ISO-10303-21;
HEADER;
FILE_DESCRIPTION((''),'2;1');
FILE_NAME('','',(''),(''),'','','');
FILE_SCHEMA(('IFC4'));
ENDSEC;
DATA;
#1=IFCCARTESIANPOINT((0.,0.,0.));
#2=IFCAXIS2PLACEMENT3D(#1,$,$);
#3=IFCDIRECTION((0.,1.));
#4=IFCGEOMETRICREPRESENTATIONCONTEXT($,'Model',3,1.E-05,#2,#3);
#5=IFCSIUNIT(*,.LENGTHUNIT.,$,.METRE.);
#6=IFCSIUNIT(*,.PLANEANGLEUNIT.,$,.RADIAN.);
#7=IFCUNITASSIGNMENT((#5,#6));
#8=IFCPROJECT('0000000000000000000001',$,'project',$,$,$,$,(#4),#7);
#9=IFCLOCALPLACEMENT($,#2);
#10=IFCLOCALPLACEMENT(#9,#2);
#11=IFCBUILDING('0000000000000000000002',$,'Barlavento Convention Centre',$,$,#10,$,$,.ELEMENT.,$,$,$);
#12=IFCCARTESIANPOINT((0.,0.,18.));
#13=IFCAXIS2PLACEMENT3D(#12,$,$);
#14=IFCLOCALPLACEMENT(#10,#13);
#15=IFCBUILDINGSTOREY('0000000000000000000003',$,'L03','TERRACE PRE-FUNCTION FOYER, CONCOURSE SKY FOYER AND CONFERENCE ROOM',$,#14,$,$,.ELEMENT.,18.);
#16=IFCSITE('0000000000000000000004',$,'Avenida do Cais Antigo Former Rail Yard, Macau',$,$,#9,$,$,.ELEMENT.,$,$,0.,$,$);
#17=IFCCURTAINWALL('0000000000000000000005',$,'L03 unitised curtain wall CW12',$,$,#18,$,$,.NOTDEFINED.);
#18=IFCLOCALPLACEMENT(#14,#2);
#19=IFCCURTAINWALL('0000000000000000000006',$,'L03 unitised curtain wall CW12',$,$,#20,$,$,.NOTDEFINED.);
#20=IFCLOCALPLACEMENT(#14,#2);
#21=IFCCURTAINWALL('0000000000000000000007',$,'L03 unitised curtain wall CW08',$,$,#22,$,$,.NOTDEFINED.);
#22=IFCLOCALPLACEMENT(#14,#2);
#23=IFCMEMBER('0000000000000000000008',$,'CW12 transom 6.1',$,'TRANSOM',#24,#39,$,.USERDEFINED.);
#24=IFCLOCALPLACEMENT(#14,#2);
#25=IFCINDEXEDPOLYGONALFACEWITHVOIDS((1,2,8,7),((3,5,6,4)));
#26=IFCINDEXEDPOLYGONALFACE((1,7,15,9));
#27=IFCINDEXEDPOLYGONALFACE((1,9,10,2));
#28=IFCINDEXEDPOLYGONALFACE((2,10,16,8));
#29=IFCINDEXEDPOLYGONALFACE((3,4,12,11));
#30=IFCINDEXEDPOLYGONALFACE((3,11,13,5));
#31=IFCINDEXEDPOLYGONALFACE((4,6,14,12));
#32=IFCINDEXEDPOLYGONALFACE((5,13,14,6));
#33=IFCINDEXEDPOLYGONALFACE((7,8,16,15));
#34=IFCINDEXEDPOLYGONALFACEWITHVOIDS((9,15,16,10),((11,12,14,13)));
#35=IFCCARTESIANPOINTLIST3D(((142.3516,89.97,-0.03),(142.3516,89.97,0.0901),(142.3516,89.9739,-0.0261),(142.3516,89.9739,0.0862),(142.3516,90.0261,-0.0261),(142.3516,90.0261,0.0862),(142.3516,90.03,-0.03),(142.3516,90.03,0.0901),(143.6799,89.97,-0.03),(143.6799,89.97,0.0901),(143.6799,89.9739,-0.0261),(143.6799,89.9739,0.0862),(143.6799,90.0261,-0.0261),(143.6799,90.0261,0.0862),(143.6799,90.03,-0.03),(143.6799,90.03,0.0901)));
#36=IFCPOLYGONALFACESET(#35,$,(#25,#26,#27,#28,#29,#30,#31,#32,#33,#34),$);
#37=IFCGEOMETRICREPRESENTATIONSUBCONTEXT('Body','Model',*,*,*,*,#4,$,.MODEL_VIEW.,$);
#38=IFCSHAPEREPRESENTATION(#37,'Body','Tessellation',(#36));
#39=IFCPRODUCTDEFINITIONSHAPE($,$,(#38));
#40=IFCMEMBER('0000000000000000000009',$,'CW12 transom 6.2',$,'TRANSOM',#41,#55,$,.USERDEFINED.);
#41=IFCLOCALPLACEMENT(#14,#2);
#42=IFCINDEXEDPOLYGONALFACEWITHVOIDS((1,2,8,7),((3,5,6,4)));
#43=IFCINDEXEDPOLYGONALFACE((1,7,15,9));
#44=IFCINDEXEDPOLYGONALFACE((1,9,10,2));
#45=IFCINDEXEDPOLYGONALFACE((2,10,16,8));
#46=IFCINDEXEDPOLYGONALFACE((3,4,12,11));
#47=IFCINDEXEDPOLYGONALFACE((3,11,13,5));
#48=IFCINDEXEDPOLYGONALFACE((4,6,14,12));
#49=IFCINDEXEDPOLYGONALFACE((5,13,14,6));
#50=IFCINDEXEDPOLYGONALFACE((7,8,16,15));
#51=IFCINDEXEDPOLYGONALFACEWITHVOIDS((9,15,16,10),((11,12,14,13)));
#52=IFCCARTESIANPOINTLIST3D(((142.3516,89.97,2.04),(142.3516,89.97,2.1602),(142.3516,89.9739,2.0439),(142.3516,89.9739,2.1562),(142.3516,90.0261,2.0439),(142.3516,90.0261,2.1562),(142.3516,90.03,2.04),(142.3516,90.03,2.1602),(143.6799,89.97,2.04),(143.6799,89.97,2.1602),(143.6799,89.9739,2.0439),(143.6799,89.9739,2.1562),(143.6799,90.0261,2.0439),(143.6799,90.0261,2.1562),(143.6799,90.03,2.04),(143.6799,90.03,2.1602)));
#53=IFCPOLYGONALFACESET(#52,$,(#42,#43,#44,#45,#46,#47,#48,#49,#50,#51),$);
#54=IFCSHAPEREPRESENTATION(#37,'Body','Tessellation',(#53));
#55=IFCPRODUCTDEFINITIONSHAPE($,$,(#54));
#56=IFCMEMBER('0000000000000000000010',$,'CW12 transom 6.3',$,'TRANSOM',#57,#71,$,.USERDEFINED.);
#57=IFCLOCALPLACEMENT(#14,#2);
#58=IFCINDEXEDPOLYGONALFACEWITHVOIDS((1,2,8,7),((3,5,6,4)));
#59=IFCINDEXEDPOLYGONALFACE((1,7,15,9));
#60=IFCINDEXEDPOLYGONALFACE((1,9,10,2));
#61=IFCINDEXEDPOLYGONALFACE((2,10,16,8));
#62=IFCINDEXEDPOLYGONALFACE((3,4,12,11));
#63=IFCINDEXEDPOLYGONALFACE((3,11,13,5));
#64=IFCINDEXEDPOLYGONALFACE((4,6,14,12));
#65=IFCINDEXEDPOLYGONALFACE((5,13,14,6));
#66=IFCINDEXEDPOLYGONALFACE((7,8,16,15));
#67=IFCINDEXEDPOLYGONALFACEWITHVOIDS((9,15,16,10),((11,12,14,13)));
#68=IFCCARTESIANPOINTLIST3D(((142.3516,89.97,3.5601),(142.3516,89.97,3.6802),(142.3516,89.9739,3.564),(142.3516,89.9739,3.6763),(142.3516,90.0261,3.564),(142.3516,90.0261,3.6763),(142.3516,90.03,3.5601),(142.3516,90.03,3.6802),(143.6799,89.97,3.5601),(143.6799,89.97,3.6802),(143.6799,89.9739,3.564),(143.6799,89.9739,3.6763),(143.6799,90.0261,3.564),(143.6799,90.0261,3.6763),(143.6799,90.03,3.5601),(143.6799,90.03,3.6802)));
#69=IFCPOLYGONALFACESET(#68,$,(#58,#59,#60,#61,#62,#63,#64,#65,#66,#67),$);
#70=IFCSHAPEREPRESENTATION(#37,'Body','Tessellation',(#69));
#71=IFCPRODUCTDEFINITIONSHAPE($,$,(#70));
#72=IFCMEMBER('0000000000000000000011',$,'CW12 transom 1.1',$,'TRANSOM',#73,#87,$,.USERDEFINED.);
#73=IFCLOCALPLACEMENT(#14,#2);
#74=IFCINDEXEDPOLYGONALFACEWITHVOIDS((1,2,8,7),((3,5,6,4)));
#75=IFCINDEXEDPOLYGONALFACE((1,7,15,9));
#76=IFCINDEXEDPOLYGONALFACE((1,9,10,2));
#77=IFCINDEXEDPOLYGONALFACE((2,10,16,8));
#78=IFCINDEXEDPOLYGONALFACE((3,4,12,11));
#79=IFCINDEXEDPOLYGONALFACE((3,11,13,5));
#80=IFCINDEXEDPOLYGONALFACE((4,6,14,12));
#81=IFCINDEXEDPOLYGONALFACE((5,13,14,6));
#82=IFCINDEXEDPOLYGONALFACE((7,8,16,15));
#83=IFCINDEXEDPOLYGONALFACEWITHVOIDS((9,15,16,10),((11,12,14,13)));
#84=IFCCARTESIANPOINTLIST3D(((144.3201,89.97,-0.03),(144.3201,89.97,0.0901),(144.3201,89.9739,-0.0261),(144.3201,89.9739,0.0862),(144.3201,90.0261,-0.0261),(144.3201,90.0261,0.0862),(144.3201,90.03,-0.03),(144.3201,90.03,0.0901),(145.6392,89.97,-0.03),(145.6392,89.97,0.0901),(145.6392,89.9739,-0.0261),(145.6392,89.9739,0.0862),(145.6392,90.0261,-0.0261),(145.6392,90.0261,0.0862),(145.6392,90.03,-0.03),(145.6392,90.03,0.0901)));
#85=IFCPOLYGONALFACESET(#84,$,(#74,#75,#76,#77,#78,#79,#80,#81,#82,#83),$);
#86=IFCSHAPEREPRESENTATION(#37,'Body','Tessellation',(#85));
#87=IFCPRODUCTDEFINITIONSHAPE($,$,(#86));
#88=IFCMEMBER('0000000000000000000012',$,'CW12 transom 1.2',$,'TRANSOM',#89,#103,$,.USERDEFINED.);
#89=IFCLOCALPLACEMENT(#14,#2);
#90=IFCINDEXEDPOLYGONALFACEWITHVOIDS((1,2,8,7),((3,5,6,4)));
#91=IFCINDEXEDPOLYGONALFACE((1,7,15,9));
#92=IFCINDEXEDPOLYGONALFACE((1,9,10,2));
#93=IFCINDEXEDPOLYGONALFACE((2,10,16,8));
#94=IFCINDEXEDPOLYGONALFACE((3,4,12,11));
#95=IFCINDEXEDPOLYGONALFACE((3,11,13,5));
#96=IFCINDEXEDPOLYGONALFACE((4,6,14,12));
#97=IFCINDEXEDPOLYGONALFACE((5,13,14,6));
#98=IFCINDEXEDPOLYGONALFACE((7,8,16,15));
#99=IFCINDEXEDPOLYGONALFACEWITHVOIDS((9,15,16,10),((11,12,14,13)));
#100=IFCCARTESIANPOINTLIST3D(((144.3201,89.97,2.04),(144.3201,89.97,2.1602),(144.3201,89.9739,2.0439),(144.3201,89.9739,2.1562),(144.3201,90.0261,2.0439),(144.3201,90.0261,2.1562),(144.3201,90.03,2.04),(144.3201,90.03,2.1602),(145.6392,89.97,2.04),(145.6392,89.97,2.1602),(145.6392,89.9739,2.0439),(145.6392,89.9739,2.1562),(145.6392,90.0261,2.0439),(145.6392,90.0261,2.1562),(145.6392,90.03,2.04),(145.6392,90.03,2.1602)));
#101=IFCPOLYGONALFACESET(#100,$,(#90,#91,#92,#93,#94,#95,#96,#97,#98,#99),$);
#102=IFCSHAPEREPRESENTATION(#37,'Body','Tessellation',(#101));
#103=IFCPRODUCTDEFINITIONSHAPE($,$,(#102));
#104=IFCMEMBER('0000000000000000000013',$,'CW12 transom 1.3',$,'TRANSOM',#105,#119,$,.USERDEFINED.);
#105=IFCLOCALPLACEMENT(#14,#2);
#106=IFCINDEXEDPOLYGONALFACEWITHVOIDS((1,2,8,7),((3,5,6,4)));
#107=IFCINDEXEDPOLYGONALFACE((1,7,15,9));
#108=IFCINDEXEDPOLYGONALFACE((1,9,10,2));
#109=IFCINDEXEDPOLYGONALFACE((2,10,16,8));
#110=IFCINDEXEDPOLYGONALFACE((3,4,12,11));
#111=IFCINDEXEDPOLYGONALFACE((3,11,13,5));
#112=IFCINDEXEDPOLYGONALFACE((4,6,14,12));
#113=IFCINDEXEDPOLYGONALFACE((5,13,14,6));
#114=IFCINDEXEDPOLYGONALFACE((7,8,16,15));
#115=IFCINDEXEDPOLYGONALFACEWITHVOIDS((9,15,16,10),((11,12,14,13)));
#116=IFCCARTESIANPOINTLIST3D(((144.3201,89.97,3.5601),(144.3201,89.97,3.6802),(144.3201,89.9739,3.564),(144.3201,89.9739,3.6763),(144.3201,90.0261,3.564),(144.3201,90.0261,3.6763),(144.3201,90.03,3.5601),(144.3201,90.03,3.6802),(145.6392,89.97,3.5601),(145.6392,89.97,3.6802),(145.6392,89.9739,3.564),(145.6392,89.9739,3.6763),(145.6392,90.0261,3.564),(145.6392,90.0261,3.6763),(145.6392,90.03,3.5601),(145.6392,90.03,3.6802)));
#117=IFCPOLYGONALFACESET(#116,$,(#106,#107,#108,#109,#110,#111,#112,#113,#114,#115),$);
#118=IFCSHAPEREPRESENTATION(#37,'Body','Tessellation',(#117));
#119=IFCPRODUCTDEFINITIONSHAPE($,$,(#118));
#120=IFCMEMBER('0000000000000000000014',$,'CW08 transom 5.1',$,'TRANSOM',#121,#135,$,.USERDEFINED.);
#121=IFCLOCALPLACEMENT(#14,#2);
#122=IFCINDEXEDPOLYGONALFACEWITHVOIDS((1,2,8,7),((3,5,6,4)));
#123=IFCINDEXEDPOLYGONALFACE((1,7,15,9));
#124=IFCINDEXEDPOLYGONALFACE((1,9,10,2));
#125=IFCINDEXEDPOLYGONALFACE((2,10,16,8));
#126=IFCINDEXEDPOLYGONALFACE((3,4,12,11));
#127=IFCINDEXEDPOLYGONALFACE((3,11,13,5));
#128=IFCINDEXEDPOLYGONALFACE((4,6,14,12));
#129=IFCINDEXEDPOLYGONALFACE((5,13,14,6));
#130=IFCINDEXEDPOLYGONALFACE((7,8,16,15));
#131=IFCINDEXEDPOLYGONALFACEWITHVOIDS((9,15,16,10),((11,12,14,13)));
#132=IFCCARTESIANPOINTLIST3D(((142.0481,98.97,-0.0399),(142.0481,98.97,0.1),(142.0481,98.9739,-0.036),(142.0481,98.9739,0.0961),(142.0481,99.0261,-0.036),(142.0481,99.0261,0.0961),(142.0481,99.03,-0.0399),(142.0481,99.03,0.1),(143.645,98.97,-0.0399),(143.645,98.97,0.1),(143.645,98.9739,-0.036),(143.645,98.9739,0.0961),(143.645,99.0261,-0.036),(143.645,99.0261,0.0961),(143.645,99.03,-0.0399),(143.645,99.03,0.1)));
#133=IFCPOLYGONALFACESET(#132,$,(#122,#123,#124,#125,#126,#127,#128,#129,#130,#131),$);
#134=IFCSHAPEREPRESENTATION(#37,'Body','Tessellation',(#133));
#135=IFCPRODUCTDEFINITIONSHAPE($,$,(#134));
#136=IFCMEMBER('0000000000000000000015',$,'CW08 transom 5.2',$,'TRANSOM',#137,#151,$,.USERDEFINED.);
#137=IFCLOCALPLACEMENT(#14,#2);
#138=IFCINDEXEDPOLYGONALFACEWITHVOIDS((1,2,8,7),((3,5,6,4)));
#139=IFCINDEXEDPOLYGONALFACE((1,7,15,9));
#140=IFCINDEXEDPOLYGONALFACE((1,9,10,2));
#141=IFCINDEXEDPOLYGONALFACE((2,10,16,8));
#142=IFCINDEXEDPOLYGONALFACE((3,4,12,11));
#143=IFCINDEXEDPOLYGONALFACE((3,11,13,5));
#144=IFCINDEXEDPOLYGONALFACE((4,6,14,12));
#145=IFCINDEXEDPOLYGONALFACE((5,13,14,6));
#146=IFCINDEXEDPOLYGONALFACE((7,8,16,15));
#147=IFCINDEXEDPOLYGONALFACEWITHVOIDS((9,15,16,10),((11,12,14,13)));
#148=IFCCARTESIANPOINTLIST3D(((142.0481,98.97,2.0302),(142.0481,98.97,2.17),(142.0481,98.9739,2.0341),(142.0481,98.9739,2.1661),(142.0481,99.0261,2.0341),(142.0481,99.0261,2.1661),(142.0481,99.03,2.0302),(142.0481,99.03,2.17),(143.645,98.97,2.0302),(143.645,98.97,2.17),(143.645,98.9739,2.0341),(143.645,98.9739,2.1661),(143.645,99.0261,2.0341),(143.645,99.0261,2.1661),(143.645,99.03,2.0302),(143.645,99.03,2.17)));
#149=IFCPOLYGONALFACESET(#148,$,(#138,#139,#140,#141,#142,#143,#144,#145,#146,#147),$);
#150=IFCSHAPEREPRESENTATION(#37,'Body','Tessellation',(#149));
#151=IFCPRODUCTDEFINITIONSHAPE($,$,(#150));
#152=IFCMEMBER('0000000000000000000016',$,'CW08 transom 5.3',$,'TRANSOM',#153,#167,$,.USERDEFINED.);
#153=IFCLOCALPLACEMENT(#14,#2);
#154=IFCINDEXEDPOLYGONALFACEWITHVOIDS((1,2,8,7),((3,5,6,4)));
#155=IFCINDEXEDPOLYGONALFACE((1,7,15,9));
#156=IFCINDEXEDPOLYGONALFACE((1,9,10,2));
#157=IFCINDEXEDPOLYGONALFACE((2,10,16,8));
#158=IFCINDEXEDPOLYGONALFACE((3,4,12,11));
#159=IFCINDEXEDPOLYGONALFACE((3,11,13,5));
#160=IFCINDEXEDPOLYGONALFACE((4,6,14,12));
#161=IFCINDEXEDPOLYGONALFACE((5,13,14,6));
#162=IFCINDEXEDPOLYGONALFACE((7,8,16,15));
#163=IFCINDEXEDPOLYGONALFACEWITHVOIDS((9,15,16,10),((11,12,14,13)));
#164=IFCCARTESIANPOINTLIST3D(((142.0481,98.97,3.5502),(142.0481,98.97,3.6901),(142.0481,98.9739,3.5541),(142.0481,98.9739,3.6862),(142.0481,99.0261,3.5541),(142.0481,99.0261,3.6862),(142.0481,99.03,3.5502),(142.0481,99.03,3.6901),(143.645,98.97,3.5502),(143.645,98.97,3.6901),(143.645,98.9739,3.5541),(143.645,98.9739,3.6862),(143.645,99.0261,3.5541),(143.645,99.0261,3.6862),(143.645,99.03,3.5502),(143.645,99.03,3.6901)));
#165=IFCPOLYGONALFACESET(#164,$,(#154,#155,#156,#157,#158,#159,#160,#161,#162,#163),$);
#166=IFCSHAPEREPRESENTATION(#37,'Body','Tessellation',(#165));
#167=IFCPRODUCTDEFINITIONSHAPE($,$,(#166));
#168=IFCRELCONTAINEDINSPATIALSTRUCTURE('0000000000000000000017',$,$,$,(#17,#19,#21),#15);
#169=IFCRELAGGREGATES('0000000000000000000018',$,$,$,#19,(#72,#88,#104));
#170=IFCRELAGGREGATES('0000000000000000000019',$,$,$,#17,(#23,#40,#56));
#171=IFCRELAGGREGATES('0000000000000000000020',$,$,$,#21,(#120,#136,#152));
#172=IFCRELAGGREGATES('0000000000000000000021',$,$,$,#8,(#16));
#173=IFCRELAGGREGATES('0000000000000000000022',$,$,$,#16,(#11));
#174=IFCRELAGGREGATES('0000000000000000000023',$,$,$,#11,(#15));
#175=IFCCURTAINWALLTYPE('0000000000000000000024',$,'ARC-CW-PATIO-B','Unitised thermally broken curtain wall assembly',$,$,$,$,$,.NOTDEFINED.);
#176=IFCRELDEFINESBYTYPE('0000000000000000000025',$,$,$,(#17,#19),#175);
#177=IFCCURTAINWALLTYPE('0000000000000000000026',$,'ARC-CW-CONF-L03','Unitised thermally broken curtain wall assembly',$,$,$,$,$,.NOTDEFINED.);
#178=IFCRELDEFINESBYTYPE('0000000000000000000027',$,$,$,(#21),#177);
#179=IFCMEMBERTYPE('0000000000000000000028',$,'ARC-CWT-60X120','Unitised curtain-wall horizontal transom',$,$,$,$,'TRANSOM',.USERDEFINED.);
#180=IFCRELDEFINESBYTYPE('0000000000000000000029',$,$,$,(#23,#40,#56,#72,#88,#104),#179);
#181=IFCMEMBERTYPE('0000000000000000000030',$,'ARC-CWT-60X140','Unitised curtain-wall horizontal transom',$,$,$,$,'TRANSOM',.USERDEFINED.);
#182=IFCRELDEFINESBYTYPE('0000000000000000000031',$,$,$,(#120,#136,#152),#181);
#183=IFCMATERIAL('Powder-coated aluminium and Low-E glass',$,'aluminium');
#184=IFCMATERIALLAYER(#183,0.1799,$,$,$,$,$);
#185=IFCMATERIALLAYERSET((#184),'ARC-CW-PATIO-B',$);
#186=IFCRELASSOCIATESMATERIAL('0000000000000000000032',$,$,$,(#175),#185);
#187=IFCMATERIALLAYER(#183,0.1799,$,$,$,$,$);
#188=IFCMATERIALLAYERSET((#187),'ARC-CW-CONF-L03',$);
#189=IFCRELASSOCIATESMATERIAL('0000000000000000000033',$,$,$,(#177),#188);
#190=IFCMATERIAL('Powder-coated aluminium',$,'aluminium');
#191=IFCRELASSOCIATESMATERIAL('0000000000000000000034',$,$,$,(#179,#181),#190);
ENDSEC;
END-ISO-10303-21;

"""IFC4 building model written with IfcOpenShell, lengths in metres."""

from ifc_helpers import new_model, si_unit, direction, frame, origin, origin_2d, place, context, subcontext, project, spatial, hollow_rectangle, extrude, material, layer, layer_set, material_profile, profile_set, type_object, element, aggregate, save


model = new_model("IFC4")

# Units and contexts
model_context = context("Model", 3, precision=1e-05, world=origin(), true_north=direction((0.0, 1.0)))
body_context = subcontext(model_context, "Body", "Model", "MODEL_VIEW")
ifc_project = project(units=[si_unit("LENGTHUNIT", "METRE"), si_unit("PLANEANGLEUNIT", "RADIAN")], contexts=[model_context])

# Site, building, storey
site_placement = place(None, origin())
site = spatial("IfcSite", under=ifc_project, at=site_placement, Name="Avenida do Cais Antigo Former Rail Yard, Macau", CompositionType="ELEMENT", RefElevation=0.0)
building_placement = place(site_placement, origin())
building = spatial("IfcBuilding", under=site, at=building_placement, Name="Barlavento Convention Centre", CompositionType="ELEMENT")
storey_placement = place(building_placement, frame((0.0, 0.0, 18.0)))
storey = spatial("IfcBuildingStorey", under=building, at=storey_placement, Name="L03", Description="TERRACE PRE-FUNCTION FOYER, CONCOURSE SKY FOYER AND CONFERENCE ROOM", CompositionType="ELEMENT", Elevation=18.0)

# Curtain wall
ifc_material_1 = material(Name="Powder-coated aluminium and Low-E glass", Category="aluminium")
ifc_layer_1 = layer(ifc_material_1, 0.1799)
ifc_layer_set_1 = layer_set([ifc_layer_1], Name="ARC-CW-PATIO-B")
curtain_wall_type_1 = type_object("IfcCurtainWallType", Name="ARC-CW-PATIO-B", Description="Unitised thermally broken curtain wall assembly", PredefinedType="NOTDEFINED", material=ifc_layer_set_1)
curtain_wall_1_placement = place(storey_placement, origin())
curtain_wall_1 = element("IfcCurtainWall", 1, at=curtain_wall_1_placement, inside=storey, type_object=curtain_wall_type_1, Name="L03 unitised curtain wall CW12", PredefinedType="NOTDEFINED")
ifc_material_2 = material(Name="Powder-coated aluminium", Category="aluminium")

# Curtain wall
curtain_wall_2_placement = place(storey_placement, origin())
curtain_wall_2 = element("IfcCurtainWall", 2, at=curtain_wall_2_placement, inside=storey, type_object=curtain_wall_type_1, Name="L03 unitised curtain wall CW12", PredefinedType="NOTDEFINED")

# Curtain wall
ifc_layer_2 = layer(ifc_material_1, 0.1799)
ifc_layer_set_2 = layer_set([ifc_layer_2], Name="ARC-CW-CONF-L03")
curtain_wall_type_2 = type_object("IfcCurtainWallType", Name="ARC-CW-CONF-L03", Description="Unitised thermally broken curtain wall assembly", PredefinedType="NOTDEFINED", material=ifc_layer_set_2)
curtain_wall_3_placement = place(storey_placement, origin())
curtain_wall_3 = element("IfcCurtainWall", 3, at=curtain_wall_3_placement, inside=storey, type_object=curtain_wall_type_2, Name="L03 unitised curtain wall CW08", PredefinedType="NOTDEFINED")

# Members
ifc_material_profile_1 = material_profile(ifc_material_2, hollow_rectangle(XDim=0.0601, YDim=0.1201, WallThickness=0.0039, at=origin_2d()), Name="AL-TRAN 60x120x4")
ifc_profile_set_1 = profile_set([ifc_material_profile_1], Name="Powder-coated aluminium")
member_type_1 = type_object("IfcMemberType", Name="ARC-CWT-60X120", Description="Unitised curtain-wall horizontal transom", ElementType="TRANSOM", PredefinedType="USERDEFINED", material=ifc_profile_set_1)
member_1_placement = place(storey_placement, frame((142.3516, 90.0, 0.03), z_axis=(1.0, 0.0, 0.0), x_axis=(0.0, 1.0, 0.0)))
member_1 = element("IfcMember", 4, at=member_1_placement, type_object=member_type_1, Name="CW12 transom 6.1", ObjectType="TRANSOM", PredefinedType="USERDEFINED", context=body_context, shape_type="SweptSolid", body=[
    extrude(hollow_rectangle(XDim=0.0601, YDim=0.1201, WallThickness=0.0039, at=origin_2d()), origin(), (0.0, 0.0, 1.0), 1.3284),
])
member_2_placement = place(storey_placement, frame((142.3516, 90.0, 2.1001), z_axis=(1.0, 0.0, 0.0), x_axis=(0.0, 1.0, 0.0)))
member_2 = element("IfcMember", 5, at=member_2_placement, type_object=member_type_1, Name="CW12 transom 6.2", ObjectType="TRANSOM", PredefinedType="USERDEFINED", context=body_context, shape_type="SweptSolid", body=[
    extrude(hollow_rectangle(XDim=0.0601, YDim=0.1201, WallThickness=0.0039, at=origin_2d()), origin(), (0.0, 0.0, 1.0), 1.3284),
])
member_3_placement = place(storey_placement, frame((142.3516, 90.0, 3.6201), z_axis=(1.0, 0.0, 0.0), x_axis=(0.0, 1.0, 0.0)))
member_3 = element("IfcMember", 6, at=member_3_placement, type_object=member_type_1, Name="CW12 transom 6.3", ObjectType="TRANSOM", PredefinedType="USERDEFINED", context=body_context, shape_type="SweptSolid", body=[
    extrude(hollow_rectangle(XDim=0.0601, YDim=0.1201, WallThickness=0.0039, at=origin_2d()), origin(), (0.0, 0.0, 1.0), 1.3284),
])
member_4_placement = place(storey_placement, frame((144.3201, 90.0, 0.03), z_axis=(1.0, 0.0, 0.0), x_axis=(0.0, 1.0, 0.0)))
member_4 = element("IfcMember", 7, at=member_4_placement, type_object=member_type_1, Name="CW12 transom 1.1", ObjectType="TRANSOM", PredefinedType="USERDEFINED", context=body_context, shape_type="SweptSolid", body=[
    extrude(hollow_rectangle(XDim=0.0601, YDim=0.1201, WallThickness=0.0039, at=origin_2d()), origin(), (0.0, 0.0, 1.0), 1.3191),
])
member_5_placement = place(storey_placement, frame((144.3201, 90.0, 2.1001), z_axis=(1.0, 0.0, 0.0), x_axis=(0.0, 1.0, 0.0)))
member_5 = element("IfcMember", 8, at=member_5_placement, type_object=member_type_1, Name="CW12 transom 1.2", ObjectType="TRANSOM", PredefinedType="USERDEFINED", context=body_context, shape_type="SweptSolid", body=[
    extrude(hollow_rectangle(XDim=0.0601, YDim=0.1201, WallThickness=0.0039, at=origin_2d()), origin(), (0.0, 0.0, 1.0), 1.3191),
])
member_6_placement = place(storey_placement, frame((144.3201, 90.0, 3.6201), z_axis=(1.0, 0.0, 0.0), x_axis=(0.0, 1.0, 0.0)))
member_6 = element("IfcMember", 9, at=member_6_placement, type_object=member_type_1, Name="CW12 transom 1.3", ObjectType="TRANSOM", PredefinedType="USERDEFINED", context=body_context, shape_type="SweptSolid", body=[
    extrude(hollow_rectangle(XDim=0.0601, YDim=0.1201, WallThickness=0.0039, at=origin_2d()), origin(), (0.0, 0.0, 1.0), 1.3191),
])
aggregate(curtain_wall_2, [member_4, member_5, member_6])
ifc_material_profile_2 = material_profile(ifc_material_2, hollow_rectangle(XDim=0.0601, YDim=0.1399, WallThickness=0.0039, at=origin_2d()), Name="AL-TRAN 60x140x4")
ifc_profile_set_2 = profile_set([ifc_material_profile_2], Name="Powder-coated aluminium")
member_type_2 = type_object("IfcMemberType", Name="ARC-CWT-60X140", Description="Unitised curtain-wall horizontal transom", ElementType="TRANSOM", PredefinedType="USERDEFINED", material=ifc_profile_set_2)
member_7_placement = place(storey_placement, frame((142.0481, 99.0, 0.03), z_axis=(1.0, 0.0, 0.0), x_axis=(0.0, 1.0, 0.0)))
member_7 = element("IfcMember", 10, at=member_7_placement, type_object=member_type_2, Name="CW08 transom 5.1", ObjectType="TRANSOM", PredefinedType="USERDEFINED", context=body_context, shape_type="SweptSolid", body=[
    extrude(hollow_rectangle(XDim=0.0601, YDim=0.1399, WallThickness=0.0039, at=origin_2d()), origin(), (0.0, 0.0, 1.0), 1.5969),
])
member_8_placement = place(storey_placement, frame((142.0481, 99.0, 2.1001), z_axis=(1.0, 0.0, 0.0), x_axis=(0.0, 1.0, 0.0)))
member_8 = element("IfcMember", 11, at=member_8_placement, type_object=member_type_2, Name="CW08 transom 5.2", ObjectType="TRANSOM", PredefinedType="USERDEFINED", context=body_context, shape_type="SweptSolid", body=[
    extrude(hollow_rectangle(XDim=0.0601, YDim=0.1399, WallThickness=0.0039, at=origin_2d()), origin(), (0.0, 0.0, 1.0), 1.5969),
])
member_9_placement = place(storey_placement, frame((142.0481, 99.0, 3.6201), z_axis=(1.0, 0.0, 0.0), x_axis=(0.0, 1.0, 0.0)))
member_9 = element("IfcMember", 12, at=member_9_placement, type_object=member_type_2, Name="CW08 transom 5.3", ObjectType="TRANSOM", PredefinedType="USERDEFINED", context=body_context, shape_type="SweptSolid", body=[
    extrude(hollow_rectangle(XDim=0.0601, YDim=0.1399, WallThickness=0.0039, at=origin_2d()), origin(), (0.0, 0.0, 1.0), 1.5969),
])

aggregate(curtain_wall_1, [member_1, member_2, member_3])
aggregate(curtain_wall_3, [member_7, member_8, member_9])

save(model, "model.ifc")
